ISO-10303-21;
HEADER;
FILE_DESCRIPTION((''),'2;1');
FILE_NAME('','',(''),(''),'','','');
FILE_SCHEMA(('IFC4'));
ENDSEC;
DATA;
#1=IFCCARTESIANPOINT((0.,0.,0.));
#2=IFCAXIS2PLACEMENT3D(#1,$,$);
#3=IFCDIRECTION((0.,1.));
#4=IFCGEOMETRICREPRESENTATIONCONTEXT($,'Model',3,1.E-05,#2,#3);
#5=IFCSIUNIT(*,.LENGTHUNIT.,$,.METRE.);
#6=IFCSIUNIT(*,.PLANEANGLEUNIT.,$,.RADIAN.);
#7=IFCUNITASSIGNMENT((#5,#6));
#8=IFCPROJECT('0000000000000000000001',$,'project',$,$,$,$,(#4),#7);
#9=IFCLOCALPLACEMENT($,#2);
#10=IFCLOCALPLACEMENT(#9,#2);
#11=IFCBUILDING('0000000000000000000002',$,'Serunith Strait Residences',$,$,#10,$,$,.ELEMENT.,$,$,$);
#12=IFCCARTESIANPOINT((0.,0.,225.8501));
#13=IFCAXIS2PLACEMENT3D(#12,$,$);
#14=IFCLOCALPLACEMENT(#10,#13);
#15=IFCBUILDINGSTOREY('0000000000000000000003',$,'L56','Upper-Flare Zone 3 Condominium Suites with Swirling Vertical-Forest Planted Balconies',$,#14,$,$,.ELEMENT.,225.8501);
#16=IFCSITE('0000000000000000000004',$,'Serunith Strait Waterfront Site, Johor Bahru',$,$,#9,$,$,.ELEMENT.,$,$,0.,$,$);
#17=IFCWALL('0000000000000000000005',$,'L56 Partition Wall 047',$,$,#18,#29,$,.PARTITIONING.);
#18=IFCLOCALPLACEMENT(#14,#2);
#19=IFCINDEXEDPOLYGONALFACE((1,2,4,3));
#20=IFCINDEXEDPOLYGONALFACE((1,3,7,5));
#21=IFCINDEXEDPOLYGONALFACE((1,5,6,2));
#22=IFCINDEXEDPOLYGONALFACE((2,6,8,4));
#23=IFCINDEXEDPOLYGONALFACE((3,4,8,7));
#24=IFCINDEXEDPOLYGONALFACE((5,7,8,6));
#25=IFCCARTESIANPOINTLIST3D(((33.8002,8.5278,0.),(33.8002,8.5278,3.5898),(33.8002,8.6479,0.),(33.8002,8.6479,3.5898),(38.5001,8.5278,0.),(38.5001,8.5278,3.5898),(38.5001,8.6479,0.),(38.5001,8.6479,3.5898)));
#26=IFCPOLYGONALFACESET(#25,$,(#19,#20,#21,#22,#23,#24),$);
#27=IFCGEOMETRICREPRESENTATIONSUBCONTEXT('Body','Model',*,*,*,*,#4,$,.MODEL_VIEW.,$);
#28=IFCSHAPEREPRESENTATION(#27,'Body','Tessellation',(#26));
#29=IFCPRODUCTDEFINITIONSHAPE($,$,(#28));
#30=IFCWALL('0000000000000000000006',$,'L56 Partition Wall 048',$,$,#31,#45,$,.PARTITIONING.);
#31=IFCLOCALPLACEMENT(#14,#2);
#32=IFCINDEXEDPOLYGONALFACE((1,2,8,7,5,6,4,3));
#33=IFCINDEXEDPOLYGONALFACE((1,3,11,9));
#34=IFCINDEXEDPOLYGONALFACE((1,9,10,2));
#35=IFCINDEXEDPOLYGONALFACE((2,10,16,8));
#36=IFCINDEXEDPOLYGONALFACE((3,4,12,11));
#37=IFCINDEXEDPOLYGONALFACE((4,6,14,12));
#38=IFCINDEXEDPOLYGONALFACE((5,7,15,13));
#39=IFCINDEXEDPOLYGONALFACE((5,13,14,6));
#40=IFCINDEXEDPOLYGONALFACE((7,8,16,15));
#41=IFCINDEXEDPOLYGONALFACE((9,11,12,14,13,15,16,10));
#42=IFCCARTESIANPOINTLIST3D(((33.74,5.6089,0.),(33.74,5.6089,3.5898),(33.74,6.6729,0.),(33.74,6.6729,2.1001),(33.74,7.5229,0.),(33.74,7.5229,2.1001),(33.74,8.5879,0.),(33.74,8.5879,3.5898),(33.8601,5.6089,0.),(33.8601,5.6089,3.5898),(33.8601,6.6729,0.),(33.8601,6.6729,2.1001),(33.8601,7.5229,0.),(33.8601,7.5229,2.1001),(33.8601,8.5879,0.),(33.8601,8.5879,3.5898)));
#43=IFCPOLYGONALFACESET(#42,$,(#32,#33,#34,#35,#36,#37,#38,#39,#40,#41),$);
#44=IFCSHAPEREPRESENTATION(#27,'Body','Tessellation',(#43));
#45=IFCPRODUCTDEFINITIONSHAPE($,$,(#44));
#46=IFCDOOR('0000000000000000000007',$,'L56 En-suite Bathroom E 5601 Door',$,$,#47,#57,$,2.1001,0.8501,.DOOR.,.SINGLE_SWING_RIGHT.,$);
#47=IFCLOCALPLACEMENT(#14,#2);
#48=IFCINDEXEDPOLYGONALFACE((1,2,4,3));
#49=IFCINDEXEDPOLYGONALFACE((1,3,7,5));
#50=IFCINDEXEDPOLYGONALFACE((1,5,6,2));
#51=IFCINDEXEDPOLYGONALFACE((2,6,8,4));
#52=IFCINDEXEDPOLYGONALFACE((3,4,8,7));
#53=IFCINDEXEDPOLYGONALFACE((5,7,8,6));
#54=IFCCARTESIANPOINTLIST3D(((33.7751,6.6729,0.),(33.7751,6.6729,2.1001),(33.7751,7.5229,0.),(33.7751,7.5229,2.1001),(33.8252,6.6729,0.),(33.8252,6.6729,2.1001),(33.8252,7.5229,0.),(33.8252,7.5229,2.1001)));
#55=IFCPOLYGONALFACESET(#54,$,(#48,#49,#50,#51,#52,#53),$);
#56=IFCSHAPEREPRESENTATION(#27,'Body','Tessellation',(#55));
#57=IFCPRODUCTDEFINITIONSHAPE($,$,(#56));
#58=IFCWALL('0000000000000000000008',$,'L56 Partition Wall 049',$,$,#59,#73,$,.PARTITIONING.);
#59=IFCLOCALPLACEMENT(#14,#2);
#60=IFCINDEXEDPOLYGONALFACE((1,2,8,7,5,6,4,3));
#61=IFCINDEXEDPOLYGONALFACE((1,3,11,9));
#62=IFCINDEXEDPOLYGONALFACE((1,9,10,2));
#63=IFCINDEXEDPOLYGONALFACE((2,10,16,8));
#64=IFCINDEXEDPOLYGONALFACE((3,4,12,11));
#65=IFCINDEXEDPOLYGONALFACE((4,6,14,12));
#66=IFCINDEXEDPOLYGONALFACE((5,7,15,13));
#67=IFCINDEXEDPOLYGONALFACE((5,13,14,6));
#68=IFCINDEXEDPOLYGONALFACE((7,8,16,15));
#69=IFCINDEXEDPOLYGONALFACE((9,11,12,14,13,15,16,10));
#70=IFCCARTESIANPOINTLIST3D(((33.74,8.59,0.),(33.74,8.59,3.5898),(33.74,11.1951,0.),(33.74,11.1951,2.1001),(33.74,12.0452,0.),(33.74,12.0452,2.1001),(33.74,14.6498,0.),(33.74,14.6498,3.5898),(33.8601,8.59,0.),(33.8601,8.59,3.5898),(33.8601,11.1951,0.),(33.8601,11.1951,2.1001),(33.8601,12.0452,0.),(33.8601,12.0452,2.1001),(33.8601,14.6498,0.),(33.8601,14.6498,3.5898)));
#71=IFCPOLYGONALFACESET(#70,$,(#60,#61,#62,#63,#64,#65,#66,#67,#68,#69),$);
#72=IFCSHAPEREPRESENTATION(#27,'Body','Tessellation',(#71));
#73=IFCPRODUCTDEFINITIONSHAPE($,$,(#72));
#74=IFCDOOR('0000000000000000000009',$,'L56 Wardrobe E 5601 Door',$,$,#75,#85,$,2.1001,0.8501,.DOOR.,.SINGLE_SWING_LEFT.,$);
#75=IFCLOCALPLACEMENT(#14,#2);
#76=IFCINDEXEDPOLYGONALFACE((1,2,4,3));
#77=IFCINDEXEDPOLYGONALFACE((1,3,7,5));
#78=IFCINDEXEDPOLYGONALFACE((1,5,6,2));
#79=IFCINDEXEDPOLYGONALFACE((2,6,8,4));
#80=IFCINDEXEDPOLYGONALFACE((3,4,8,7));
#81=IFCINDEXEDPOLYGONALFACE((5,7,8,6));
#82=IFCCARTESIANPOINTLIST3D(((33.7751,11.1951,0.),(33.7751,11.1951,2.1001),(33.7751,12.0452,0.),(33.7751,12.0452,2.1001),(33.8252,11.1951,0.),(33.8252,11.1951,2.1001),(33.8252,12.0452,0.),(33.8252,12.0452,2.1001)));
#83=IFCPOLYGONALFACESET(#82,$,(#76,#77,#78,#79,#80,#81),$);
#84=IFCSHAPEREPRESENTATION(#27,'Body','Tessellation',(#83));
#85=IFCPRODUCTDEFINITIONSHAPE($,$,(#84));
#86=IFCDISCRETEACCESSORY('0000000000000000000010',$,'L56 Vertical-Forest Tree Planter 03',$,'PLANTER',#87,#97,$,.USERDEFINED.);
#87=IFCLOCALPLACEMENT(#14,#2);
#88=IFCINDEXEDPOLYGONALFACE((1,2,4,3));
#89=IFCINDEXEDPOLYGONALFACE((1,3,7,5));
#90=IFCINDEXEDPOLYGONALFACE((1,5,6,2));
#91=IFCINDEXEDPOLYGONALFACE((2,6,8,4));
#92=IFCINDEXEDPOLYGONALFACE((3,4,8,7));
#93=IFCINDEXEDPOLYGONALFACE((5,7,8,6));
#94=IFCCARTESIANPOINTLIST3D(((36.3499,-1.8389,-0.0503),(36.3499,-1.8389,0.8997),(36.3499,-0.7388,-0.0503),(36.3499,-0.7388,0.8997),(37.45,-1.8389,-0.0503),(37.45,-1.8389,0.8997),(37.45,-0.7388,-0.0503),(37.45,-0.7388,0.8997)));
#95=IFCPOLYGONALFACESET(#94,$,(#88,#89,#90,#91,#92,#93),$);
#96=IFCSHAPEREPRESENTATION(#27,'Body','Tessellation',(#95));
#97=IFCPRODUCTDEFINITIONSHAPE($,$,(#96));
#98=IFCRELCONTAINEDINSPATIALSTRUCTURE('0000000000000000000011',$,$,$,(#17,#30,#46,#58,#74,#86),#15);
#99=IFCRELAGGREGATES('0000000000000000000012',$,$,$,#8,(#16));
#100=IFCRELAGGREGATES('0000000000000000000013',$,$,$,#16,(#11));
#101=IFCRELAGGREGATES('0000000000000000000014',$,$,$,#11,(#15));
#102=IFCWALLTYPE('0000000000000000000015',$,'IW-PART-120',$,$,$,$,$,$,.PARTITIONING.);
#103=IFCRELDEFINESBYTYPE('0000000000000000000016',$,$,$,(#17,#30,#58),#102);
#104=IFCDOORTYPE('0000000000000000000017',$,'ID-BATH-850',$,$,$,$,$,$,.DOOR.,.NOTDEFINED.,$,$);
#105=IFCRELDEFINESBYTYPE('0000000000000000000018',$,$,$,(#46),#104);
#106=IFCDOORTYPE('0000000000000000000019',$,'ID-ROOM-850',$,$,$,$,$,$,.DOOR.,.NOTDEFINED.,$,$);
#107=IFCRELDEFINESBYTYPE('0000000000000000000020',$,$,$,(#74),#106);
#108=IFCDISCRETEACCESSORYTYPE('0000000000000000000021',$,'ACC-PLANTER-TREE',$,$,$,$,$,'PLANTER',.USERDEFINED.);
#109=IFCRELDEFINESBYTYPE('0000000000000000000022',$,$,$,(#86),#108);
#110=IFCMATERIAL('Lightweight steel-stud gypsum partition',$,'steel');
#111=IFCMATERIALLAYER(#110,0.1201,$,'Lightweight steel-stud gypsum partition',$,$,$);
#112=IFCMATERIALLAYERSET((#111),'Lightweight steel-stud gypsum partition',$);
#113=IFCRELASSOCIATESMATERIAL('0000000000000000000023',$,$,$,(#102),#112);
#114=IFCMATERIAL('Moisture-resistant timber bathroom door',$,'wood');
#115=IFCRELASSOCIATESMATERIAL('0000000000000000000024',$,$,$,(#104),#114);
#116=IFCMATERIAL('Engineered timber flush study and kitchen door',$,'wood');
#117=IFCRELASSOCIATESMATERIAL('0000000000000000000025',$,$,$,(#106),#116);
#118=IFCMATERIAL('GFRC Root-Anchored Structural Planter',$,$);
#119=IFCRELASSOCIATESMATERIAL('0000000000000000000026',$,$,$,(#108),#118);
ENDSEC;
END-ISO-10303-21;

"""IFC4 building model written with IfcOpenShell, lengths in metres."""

from ifc_helpers import new_model, si_unit, direction, frame, frame_2d, origin, origin_2d, place, context, subcontext, project, spatial, rectangle, extrude, source, transform, mapped, material, layer, layer_set, type_object, element, fill, save


model = new_model("IFC4")

# Units and contexts
model_context = context("Model", 3, precision=1e-05, world=origin(), true_north=direction((0.0, 1.0)))
body_context = subcontext(model_context, "Body", "Model", "MODEL_VIEW")
ifc_project = project(units=[si_unit("LENGTHUNIT", "METRE"), si_unit("PLANEANGLEUNIT", "RADIAN")], contexts=[model_context])

# Site, building, storey
site_placement = place(None, origin())
site = spatial("IfcSite", under=ifc_project, at=site_placement, Name="Serunith Strait Waterfront Site, Johor Bahru", CompositionType="ELEMENT", RefElevation=0.0)
building_placement = place(site_placement, origin())
building = spatial("IfcBuilding", under=site, at=building_placement, Name="Serunith Strait Residences", CompositionType="ELEMENT")
storey_placement = place(building_placement, frame((0.0, 0.0, 225.8501)))
storey = spatial("IfcBuildingStorey", under=building, at=storey_placement, Name="L56", Description="Upper-Flare Zone 3 Condominium Suites with Swirling Vertical-Forest Planted Balconies", CompositionType="ELEMENT", Elevation=225.8501)

# Wall
ifc_material_1 = material(Name="Lightweight steel-stud gypsum partition", Category="steel")
ifc_layer_1 = layer(ifc_material_1, 0.1201, Name="Lightweight steel-stud gypsum partition")
ifc_layer_set_1 = layer_set([ifc_layer_1], Name="Lightweight steel-stud gypsum partition")
wall_type_1 = type_object("IfcWallType", Name="IW-PART-120", PredefinedType="PARTITIONING", material=ifc_layer_set_1)
wall_1_placement = place(storey_placement, frame((33.8, 8.5879, 0.0), z_axis=(0.0, 0.0, 1.0), x_axis=(1.0, 0.0, 0.0)))
element("IfcWall", 1, at=wall_1_placement, inside=storey, type_object=wall_type_1, Name="L56 Partition Wall 047", PredefinedType="PARTITIONING", context=body_context, shape_type="SweptSolid", body=[
    extrude(rectangle(XDim=4.7, YDim=0.1201, at=frame_2d((2.3501, 0.0))), origin(), (0.0, 0.0, 1.0), 3.5898),
])

# Walls, openings, doors
wall_2_placement = place(storey_placement, frame((33.8, 5.6089, 0.0), z_axis=(0.0, 0.0, 1.0), x_axis=(0.0, 1.0, 0.0)))
wall_2 = element("IfcWall", 2, at=wall_2_placement, inside=storey, type_object=wall_type_1, Name="L56 Partition Wall 048", PredefinedType="PARTITIONING", context=body_context, shape_type="SweptSolid", body=[
    extrude(rectangle(XDim=2.979, YDim=0.1201, at=frame_2d((1.4895, 0.0))), origin(), (0.0, 0.0, 1.0), 3.5898),
])
opening_1_placement = place(wall_2_placement, frame((1.064, 0.0, 0.0)))
opening_1 = element("IfcOpeningElement", 3, at=opening_1_placement, cuts=wall_2, PredefinedType="OPENING", context=body_context, shape_type="SweptSolid", body=[
    extrude(rectangle(XDim=0.8501, YDim=2.1001, at=frame_2d((0.425, 1.05))), frame((0.0, 0.0701, 0.0), z_axis=(0.0, -1.0, 0.0), x_axis=(1.0, 0.0, 0.0)), (0.0, 0.0, 1.0), 0.1401),
])
ifc_material_2 = material(Name="Moisture-resistant timber bathroom door", Category="wood")
door_type_1 = type_object("IfcDoorType", Name="ID-BATH-850", OperationType="NOTDEFINED", PredefinedType="DOOR", material=ifc_material_2)
shared_shape_1 = source(origin(), body_context, "Body", "SweptSolid", [
    extrude(rectangle(XDim=0.8501, YDim=2.1001, at=frame_2d((0.425, 1.05))), frame((0.0, 0.0249, 0.0), z_axis=(0.0, -1.0, 0.0), x_axis=(1.0, 0.0, 0.0)), (0.0, 0.0, 1.0), 0.05),
])
door_1_placement = place(opening_1_placement, origin())
door_1 = element("IfcDoor", 4, at=door_1_placement, inside=storey, type_object=door_type_1, Name="L56 En-suite Bathroom E 5601 Door", OperationType="SINGLE_SWING_RIGHT", OverallHeight=2.1001, OverallWidth=0.8501, PredefinedType="DOOR", context=body_context, shape_type="MappedRepresentation", body=[
    mapped(shared_shape_1, transform((0.0, 0.0, 0.0), scale=1.0)),
])
fill(opening_1, door_1)
wall_3_placement = place(storey_placement, frame((33.8, 8.5901, 0.0), z_axis=(0.0, 0.0, 1.0), x_axis=(0.0, 1.0, 0.0)))
wall_3 = element("IfcWall", 5, at=wall_3_placement, inside=storey, type_object=wall_type_1, Name="L56 Partition Wall 049", PredefinedType="PARTITIONING", context=body_context, shape_type="SweptSolid", body=[
    extrude(rectangle(XDim=6.0598, YDim=0.1201, at=frame_2d((3.0298, 0.0))), origin(), (0.0, 0.0, 1.0), 3.5898),
])
opening_2_placement = place(wall_3_placement, frame((2.605, 0.0, 0.0)))
opening_2 = element("IfcOpeningElement", 6, at=opening_2_placement, cuts=wall_3, PredefinedType="OPENING", context=body_context, shape_type="SweptSolid", body=[
    extrude(rectangle(XDim=0.8501, YDim=2.1001, at=frame_2d((0.425, 1.05))), frame((0.0, 0.0701, 0.0), z_axis=(0.0, -1.0, 0.0), x_axis=(1.0, 0.0, 0.0)), (0.0, 0.0, 1.0), 0.1401),
])
ifc_material_3 = material(Name="Engineered timber flush study and kitchen door", Category="wood")
door_type_2 = type_object("IfcDoorType", Name="ID-ROOM-850", OperationType="NOTDEFINED", PredefinedType="DOOR", material=ifc_material_3)
door_2_placement = place(opening_2_placement, origin())
door_2 = element("IfcDoor", 7, at=door_2_placement, inside=storey, type_object=door_type_2, Name="L56 Wardrobe E 5601 Door", OperationType="SINGLE_SWING_LEFT", OverallHeight=2.1001, OverallWidth=0.8501, PredefinedType="DOOR", context=body_context, shape_type="MappedRepresentation", body=[
    mapped(shared_shape_1, transform((0.0, 0.0, 0.0), scale=1.0)),
])
fill(opening_2, door_2)

# Discrete accessory
ifc_material_4 = material(Name="GFRC Root-Anchored Structural Planter")
discrete_accessory_type = type_object("IfcDiscreteAccessoryType", Name="ACC-PLANTER-TREE", ElementType="PLANTER", PredefinedType="USERDEFINED", material=ifc_material_4)
shared_shape_2 = source(origin(), body_context, "Body", "SweptSolid", [
    extrude(rectangle(XDim=1.1001, YDim=1.1001, at=origin_2d()), origin(), (0.0, 0.0, 1.0), 0.95),
])
discrete_accessory_placement = place(storey_placement, frame((36.8999, -1.2888, -0.0503), z_axis=(0.0, 0.0, 1.0), x_axis=(1.0, 0.0, 0.0)))
element("IfcDiscreteAccessory", 8, at=discrete_accessory_placement, inside=storey, type_object=discrete_accessory_type, Name="L56 Vertical-Forest Tree Planter 03", ObjectType="PLANTER", PredefinedType="USERDEFINED", context=body_context, shape_type="MappedRepresentation", body=[
    mapped(shared_shape_2, transform((0.0, 0.0, 0.0), scale=1.0)),
])

save(model, "model.ifc")
